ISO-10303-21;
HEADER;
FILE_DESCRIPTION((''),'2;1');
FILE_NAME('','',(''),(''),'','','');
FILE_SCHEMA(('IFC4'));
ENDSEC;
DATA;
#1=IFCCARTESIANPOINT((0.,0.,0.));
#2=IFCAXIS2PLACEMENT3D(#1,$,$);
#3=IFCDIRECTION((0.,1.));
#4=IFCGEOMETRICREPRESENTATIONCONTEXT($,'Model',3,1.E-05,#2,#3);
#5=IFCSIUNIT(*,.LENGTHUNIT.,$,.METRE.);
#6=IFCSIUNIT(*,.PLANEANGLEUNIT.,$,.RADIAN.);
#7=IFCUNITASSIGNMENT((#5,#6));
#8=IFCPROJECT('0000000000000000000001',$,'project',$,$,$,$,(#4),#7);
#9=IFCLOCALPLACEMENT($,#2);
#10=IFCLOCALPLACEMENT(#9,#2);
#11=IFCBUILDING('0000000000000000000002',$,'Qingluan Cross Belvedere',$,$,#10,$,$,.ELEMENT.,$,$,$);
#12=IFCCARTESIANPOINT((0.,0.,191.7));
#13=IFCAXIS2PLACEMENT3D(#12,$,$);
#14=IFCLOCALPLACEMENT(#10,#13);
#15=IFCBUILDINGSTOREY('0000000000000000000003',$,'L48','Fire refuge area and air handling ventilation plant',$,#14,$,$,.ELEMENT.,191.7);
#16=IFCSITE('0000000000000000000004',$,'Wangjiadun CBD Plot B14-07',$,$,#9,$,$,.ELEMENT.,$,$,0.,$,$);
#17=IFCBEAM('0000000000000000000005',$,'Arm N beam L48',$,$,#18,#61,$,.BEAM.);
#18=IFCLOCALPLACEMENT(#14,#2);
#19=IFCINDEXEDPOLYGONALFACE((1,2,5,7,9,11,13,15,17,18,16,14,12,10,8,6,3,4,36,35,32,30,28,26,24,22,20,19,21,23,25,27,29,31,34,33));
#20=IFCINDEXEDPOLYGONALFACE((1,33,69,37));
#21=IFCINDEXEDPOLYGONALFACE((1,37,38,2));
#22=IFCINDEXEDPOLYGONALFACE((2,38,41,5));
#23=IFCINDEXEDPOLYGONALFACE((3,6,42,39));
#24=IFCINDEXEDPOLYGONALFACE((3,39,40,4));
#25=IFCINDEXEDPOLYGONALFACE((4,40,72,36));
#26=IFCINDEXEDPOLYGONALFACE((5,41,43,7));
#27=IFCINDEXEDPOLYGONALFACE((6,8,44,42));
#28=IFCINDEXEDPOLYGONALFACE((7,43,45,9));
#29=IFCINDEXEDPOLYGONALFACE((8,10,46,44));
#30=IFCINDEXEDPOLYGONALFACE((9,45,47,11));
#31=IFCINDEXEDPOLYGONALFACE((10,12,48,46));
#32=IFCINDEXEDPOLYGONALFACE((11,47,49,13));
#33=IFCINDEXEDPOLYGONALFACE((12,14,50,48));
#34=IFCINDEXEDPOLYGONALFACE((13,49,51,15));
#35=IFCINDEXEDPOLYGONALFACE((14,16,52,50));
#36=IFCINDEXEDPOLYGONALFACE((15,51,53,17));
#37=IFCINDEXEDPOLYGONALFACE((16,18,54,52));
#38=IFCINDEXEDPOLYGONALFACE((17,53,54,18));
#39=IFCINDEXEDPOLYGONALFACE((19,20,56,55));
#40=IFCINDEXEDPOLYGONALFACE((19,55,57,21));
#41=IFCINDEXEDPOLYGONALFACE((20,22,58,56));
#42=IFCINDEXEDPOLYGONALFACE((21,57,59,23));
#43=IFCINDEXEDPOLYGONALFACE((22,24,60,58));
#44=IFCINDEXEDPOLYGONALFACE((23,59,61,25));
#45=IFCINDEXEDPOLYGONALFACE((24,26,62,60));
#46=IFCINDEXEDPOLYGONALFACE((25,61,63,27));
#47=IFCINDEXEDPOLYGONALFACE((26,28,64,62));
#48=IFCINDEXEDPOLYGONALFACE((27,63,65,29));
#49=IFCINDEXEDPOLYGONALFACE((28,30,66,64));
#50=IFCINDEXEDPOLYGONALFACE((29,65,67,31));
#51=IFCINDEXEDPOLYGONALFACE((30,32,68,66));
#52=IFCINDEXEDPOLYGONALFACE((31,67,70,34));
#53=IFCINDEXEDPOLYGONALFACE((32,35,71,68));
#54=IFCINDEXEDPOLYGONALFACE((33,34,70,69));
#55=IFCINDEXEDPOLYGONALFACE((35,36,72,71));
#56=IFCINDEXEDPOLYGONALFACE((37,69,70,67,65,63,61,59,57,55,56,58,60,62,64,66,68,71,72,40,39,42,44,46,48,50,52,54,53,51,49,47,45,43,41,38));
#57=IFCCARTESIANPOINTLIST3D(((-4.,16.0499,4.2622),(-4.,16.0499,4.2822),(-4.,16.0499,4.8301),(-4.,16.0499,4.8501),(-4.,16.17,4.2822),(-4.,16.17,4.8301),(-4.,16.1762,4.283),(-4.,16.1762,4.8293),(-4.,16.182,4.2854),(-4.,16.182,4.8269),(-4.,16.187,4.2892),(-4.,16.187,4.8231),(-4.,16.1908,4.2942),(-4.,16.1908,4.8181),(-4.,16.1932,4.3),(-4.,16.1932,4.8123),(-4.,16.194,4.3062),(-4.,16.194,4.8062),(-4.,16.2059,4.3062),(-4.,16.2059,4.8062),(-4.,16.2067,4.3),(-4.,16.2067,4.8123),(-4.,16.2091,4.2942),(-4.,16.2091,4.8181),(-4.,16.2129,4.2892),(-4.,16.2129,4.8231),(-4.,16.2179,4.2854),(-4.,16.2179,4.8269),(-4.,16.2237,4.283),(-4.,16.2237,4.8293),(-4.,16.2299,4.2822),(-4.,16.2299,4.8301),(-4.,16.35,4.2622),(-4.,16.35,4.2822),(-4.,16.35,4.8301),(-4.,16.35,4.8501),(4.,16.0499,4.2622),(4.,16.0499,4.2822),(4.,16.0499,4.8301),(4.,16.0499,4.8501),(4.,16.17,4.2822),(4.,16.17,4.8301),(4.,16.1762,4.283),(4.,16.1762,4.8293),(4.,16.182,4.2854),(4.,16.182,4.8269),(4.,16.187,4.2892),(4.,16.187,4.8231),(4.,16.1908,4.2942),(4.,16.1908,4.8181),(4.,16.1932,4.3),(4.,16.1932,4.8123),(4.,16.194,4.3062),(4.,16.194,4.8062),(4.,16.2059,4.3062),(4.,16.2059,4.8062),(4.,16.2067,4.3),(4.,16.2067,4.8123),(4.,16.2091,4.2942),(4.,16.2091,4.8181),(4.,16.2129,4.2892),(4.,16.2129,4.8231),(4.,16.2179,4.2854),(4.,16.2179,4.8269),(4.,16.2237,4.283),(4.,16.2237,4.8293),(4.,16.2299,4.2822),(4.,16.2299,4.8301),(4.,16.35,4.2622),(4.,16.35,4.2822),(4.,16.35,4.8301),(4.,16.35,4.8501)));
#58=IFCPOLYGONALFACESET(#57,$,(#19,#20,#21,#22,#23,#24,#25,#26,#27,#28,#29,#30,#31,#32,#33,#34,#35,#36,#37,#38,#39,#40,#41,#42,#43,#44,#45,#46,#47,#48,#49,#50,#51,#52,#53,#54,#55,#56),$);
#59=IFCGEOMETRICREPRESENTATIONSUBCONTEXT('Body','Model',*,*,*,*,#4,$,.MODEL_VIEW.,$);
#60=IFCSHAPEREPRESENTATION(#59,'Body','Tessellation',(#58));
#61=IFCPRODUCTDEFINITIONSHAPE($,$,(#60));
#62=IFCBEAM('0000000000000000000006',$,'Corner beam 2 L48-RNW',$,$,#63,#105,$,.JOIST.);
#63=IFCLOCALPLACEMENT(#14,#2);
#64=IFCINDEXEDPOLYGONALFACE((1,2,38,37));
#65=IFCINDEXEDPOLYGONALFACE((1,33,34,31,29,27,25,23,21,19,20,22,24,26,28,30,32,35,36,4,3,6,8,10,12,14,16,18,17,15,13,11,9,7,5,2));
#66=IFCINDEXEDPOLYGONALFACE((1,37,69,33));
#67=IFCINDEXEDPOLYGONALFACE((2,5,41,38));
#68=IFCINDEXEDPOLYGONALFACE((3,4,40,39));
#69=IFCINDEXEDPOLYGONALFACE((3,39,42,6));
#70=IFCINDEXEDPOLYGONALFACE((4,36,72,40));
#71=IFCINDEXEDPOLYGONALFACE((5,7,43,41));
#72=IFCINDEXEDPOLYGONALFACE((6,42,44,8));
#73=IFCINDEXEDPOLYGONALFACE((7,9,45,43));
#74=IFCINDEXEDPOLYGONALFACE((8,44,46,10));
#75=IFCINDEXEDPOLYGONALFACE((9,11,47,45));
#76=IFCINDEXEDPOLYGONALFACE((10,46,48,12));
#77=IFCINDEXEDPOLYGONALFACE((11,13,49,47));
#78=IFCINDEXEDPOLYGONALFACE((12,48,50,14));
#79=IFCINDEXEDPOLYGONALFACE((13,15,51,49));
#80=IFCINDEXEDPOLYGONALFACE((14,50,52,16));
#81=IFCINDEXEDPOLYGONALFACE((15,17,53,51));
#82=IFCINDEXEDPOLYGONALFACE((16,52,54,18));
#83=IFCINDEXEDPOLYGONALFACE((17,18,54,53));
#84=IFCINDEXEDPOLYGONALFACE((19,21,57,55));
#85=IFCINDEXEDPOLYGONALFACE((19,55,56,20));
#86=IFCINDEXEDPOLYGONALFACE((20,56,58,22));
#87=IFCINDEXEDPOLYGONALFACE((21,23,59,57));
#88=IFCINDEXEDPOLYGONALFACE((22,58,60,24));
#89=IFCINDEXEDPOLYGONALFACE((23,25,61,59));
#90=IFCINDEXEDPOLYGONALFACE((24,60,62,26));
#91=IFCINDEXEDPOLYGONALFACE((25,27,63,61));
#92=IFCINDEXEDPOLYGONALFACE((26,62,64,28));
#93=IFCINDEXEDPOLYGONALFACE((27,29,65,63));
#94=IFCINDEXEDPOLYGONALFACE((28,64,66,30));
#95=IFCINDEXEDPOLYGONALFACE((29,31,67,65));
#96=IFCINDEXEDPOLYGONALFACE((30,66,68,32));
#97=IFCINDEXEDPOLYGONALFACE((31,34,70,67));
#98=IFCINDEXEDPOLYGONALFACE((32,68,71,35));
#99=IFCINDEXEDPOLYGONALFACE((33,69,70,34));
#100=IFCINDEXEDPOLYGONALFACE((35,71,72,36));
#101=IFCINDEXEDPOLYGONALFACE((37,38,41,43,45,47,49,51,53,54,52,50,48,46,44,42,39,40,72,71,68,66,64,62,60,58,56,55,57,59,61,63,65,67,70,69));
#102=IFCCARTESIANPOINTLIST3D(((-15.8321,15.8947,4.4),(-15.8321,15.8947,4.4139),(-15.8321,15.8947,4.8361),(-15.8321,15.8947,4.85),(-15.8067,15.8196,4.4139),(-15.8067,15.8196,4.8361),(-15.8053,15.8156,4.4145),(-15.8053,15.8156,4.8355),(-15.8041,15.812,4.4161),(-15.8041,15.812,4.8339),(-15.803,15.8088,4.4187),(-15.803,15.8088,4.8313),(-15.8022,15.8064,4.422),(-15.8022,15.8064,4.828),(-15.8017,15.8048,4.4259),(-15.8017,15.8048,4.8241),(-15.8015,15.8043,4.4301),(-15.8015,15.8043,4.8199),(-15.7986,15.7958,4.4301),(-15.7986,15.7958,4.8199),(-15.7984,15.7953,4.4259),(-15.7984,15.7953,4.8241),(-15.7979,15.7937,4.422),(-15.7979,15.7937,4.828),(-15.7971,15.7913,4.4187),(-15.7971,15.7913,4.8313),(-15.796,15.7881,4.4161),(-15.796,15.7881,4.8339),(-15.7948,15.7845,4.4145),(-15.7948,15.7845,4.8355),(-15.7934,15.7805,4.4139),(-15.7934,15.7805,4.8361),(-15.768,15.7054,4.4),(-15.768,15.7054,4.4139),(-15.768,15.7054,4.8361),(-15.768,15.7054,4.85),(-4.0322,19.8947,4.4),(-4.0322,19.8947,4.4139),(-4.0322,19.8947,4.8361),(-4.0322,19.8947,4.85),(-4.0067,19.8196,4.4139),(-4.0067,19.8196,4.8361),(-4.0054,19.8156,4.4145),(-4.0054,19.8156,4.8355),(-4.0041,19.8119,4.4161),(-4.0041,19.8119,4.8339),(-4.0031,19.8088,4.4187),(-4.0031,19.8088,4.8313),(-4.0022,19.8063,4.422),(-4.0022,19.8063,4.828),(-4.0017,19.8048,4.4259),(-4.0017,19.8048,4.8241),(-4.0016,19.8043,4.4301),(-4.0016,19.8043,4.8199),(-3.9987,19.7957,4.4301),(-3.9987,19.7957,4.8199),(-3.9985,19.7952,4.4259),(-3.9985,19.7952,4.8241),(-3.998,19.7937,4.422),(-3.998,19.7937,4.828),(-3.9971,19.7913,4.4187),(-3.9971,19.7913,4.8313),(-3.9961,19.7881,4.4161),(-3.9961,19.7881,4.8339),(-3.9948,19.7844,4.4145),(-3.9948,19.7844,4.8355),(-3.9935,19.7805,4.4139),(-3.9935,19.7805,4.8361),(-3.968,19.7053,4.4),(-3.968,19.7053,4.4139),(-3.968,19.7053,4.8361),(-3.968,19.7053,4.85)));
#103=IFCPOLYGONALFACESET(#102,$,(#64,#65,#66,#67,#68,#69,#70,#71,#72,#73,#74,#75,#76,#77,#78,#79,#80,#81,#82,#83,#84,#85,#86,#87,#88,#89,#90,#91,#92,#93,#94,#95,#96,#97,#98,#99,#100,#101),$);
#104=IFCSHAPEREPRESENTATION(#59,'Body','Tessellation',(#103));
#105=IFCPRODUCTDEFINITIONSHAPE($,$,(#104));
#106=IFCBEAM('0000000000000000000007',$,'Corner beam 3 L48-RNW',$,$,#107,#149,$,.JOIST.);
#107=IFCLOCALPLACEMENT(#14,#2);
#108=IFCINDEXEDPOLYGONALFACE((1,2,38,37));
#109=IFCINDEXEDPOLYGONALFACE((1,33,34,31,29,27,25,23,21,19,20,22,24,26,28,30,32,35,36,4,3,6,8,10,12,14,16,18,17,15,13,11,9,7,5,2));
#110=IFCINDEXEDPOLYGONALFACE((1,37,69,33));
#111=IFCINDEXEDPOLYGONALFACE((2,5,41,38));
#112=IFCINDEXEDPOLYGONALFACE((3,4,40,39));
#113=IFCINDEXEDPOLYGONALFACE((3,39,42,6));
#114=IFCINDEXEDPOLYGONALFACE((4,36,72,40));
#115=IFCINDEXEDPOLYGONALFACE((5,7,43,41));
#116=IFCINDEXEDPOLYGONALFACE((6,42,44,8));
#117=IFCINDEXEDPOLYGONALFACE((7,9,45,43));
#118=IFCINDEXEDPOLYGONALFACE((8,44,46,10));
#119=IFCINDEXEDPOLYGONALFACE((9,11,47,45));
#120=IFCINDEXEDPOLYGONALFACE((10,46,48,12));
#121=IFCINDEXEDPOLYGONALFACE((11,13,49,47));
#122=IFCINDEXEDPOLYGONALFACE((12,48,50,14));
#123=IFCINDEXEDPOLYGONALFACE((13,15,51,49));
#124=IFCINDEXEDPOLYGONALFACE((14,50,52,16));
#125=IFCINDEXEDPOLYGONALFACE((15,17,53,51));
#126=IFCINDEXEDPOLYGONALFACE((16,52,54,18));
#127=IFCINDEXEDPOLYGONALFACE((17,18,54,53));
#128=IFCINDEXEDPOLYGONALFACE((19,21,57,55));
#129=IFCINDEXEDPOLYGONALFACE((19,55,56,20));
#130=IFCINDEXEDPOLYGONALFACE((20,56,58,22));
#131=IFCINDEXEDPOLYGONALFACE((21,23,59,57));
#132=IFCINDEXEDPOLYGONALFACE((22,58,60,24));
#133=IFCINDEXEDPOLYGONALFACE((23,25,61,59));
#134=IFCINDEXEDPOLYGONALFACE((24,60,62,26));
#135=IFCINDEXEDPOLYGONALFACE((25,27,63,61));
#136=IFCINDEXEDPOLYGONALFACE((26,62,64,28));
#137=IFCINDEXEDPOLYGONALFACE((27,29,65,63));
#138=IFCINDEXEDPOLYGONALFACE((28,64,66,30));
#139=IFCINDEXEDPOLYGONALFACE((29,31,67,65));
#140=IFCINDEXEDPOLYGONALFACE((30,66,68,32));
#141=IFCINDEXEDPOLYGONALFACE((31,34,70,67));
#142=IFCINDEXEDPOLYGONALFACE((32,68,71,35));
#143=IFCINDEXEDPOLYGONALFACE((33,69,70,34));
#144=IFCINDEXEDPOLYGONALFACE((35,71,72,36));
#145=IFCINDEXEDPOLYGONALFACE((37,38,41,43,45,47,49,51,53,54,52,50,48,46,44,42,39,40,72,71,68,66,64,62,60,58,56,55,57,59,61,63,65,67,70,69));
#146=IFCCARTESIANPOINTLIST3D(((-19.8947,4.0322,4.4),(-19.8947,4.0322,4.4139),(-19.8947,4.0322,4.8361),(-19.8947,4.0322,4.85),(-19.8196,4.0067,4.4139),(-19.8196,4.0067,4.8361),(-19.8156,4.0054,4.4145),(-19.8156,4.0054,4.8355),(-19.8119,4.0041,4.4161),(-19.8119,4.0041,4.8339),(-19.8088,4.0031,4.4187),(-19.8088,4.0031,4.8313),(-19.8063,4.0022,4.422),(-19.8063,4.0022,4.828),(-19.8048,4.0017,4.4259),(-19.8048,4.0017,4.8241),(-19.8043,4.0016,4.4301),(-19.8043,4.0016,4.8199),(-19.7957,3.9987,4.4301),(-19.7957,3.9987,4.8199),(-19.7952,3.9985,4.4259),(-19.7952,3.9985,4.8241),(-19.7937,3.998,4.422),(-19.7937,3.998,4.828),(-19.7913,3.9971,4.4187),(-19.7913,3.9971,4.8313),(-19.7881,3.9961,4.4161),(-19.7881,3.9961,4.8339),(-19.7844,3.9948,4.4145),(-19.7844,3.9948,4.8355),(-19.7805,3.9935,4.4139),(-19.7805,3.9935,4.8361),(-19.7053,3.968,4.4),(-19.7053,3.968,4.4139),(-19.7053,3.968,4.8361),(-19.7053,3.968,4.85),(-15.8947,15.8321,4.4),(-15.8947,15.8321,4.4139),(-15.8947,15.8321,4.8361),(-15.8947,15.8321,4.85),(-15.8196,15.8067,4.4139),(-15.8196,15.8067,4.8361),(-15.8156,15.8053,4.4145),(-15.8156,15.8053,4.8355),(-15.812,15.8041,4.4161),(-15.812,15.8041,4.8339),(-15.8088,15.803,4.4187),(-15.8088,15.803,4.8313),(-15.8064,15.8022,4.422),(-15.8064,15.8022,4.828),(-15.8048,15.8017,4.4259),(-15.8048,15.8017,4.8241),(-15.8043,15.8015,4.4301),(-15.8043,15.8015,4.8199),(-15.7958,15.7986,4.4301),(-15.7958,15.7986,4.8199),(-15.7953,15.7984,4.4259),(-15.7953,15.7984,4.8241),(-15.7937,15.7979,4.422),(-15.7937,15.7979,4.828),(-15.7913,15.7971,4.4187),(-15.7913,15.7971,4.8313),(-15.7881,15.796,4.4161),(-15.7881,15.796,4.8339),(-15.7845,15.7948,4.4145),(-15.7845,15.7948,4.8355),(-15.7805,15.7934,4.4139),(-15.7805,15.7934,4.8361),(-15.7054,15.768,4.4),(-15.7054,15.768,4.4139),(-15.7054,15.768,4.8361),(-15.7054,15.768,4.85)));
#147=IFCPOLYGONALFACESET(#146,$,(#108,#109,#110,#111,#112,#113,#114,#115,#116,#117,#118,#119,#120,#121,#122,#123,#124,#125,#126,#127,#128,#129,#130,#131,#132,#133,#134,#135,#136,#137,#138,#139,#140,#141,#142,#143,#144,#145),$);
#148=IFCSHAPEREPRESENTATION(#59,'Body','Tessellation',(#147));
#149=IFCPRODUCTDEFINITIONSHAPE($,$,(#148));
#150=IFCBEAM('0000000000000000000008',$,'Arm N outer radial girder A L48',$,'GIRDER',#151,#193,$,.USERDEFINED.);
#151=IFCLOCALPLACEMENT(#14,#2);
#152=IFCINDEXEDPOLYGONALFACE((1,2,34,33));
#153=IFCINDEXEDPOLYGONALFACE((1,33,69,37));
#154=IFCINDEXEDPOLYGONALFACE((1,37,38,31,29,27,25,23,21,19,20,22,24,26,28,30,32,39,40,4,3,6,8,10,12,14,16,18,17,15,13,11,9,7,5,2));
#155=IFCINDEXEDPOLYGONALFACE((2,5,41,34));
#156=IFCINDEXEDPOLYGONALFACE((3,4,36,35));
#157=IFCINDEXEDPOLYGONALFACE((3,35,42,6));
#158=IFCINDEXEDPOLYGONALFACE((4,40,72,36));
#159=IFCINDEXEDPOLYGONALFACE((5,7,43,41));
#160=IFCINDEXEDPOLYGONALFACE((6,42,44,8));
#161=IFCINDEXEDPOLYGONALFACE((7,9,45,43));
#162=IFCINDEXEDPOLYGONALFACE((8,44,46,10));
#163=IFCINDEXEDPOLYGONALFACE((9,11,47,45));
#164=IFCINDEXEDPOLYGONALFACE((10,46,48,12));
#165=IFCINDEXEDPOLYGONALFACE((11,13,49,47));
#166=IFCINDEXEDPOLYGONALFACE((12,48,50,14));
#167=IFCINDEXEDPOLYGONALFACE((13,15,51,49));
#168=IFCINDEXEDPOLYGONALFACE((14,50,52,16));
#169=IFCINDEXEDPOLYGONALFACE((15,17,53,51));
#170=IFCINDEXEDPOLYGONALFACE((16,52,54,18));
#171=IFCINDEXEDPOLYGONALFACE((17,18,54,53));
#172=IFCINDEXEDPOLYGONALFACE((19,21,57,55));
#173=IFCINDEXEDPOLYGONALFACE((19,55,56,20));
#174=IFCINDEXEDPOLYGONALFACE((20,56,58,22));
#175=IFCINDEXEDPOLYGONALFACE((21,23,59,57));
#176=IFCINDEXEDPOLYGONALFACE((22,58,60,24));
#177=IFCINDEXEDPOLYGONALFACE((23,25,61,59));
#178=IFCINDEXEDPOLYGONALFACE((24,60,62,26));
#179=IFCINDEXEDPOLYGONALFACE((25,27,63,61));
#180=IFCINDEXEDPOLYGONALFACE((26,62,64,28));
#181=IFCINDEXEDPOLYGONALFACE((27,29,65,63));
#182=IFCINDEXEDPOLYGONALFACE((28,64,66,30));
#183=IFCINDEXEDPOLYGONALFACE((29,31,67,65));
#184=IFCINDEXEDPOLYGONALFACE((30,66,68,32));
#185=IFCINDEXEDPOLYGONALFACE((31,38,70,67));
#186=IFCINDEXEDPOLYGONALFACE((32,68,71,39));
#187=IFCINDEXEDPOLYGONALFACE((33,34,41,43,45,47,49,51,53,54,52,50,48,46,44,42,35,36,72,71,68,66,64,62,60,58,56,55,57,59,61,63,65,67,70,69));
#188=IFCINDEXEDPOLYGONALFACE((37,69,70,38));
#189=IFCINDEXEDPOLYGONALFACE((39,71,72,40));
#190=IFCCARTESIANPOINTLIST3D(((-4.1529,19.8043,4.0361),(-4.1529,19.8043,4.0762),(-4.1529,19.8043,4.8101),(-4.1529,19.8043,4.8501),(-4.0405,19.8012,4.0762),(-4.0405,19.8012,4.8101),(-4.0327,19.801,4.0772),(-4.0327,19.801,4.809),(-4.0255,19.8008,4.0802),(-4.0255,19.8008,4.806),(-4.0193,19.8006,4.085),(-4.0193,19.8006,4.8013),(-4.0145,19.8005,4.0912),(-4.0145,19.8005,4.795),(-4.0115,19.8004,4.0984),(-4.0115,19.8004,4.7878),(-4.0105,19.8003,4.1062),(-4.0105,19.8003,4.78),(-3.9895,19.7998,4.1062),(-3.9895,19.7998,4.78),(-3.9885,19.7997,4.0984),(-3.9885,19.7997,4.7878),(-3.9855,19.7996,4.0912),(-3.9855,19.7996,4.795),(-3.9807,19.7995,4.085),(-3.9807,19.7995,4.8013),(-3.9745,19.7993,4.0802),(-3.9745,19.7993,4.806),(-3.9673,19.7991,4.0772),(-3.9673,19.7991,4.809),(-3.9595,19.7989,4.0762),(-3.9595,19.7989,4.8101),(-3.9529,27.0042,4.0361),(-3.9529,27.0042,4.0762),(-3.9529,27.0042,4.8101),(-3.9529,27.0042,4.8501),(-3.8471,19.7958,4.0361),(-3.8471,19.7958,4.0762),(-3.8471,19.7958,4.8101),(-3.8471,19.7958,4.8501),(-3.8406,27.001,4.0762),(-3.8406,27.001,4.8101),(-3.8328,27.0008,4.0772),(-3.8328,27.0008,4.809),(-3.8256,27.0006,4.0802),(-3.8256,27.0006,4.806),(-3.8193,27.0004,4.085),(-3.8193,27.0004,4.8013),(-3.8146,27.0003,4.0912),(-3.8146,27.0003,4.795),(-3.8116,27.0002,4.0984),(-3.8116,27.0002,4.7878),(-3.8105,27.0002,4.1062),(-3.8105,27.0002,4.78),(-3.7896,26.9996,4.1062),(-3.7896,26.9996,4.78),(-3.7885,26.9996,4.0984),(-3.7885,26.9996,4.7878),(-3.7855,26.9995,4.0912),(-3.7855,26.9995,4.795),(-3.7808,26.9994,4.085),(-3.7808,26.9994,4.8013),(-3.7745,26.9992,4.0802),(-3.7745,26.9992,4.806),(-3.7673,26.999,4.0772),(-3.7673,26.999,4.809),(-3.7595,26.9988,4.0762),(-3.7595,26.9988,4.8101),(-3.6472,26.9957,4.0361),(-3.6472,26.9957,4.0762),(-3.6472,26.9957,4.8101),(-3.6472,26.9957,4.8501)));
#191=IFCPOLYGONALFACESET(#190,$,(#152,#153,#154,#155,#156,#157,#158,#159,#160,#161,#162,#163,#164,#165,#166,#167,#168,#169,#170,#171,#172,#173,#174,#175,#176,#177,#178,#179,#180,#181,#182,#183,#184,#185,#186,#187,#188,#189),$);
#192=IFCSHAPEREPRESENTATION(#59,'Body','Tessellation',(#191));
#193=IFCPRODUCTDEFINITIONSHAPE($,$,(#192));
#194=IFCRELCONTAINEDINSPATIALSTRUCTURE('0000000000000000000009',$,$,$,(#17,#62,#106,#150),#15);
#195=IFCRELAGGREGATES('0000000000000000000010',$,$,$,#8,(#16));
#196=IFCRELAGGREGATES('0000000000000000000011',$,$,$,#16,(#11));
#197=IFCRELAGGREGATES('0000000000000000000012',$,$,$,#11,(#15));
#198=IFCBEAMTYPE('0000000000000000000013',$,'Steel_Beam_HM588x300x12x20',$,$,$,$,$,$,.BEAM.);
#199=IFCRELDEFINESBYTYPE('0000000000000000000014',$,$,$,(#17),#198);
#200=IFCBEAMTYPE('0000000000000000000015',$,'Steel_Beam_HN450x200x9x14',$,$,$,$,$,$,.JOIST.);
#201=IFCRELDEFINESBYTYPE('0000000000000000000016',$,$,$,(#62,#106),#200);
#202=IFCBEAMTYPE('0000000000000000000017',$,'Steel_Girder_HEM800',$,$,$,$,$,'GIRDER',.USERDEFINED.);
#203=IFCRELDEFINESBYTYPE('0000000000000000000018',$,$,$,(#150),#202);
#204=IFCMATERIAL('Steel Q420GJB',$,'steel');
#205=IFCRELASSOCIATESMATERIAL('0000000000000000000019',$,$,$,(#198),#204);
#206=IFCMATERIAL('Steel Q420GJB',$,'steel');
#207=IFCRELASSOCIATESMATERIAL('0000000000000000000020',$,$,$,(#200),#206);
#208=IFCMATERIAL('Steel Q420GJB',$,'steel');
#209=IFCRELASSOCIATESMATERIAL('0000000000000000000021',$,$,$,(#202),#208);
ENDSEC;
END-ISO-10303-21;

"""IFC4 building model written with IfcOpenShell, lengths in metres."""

from ifc_helpers import new_model, si_unit, direction, frame, origin, origin_2d, place, context, subcontext, project, spatial, i_section, extrude, material, material_profile, profile_set, type_object, element, save


model = new_model("IFC4")

# Units and contexts
model_context = context("Model", 3, precision=1e-05, world=origin(), true_north=direction((0.0, 1.0)))
body_context = subcontext(model_context, "Body", "Model", "MODEL_VIEW")
ifc_project = project(units=[si_unit("LENGTHUNIT", "METRE"), si_unit("PLANEANGLEUNIT", "RADIAN")], contexts=[model_context])

# Site, building, storey
site_placement = place(None, origin())
site = spatial("IfcSite", under=ifc_project, at=site_placement, Name="Wangjiadun CBD Plot B14-07", CompositionType="ELEMENT", RefElevation=0.0)
building_placement = place(site_placement, origin())
building = spatial("IfcBuilding", under=site, at=building_placement, Name="Qingluan Cross Belvedere", CompositionType="ELEMENT")
storey_placement = place(building_placement, frame((0.0, 0.0, 191.7)))
storey = spatial("IfcBuildingStorey", under=building, at=storey_placement, Name="L48", Description="Fire refuge area and air handling ventilation plant", CompositionType="ELEMENT", Elevation=191.7)

# Beams
ifc_material_1 = material(Name="Steel Q420GJB", Category="steel")
ifc_material_profile_1 = material_profile(ifc_material_1, i_section(OverallWidth=0.3, OverallDepth=0.5879, WebThickness=0.012, FlangeThickness=0.02, FilletRadius=0.0239, at=origin_2d()), Name="HM588x300x12x20")
ifc_profile_set_1 = profile_set([ifc_material_profile_1], Name="Steel Q420GJB")
beam_type_1 = type_object("IfcBeamType", Name="Steel_Beam_HM588x300x12x20", PredefinedType="BEAM", material=ifc_profile_set_1)
for number, where, z_axis, x_axis, name in (
    (1, (-4.0, 16.2, 4.5562), (1.0, 0.0, 0.0), (0.0, 1.0, 0.0), "Arm N beam L48"),
):
    element("IfcBeam", number, at=place(storey_placement, frame(where, z_axis=z_axis, x_axis=x_axis)), inside=storey, type_object=beam_type_1, Name=name, PredefinedType="BEAM", context=body_context, shape_type="SweptSolid", body=[
        extrude(i_section(OverallWidth=0.3, OverallDepth=0.5879, WebThickness=0.012, FlangeThickness=0.02, FilletRadius=0.0239, at=origin_2d()), origin(), (0.0, 0.0, 1.0), 8.0),
    ])
ifc_material_2 = material(Name="Steel Q420GJB", Category="steel")
ifc_material_profile_2 = material_profile(ifc_material_2, i_section(OverallWidth=0.2, OverallDepth=0.45, WebThickness=0.009, FlangeThickness=0.0139, FilletRadius=0.0161, at=origin_2d()), Name="HN450x200x9x14")
ifc_profile_set_2 = profile_set([ifc_material_profile_2], Name="Steel Q420GJB")
beam_type_2 = type_object("IfcBeamType", Name="Steel_Beam_HN450x200x9x14", PredefinedType="JOIST", material=ifc_profile_set_2)
for number, where, z_axis, x_axis, name in (
    (2, (-15.8, 15.8, 4.625), (0.947066, 0.321038, 0.0), (-0.321038, 0.947066, 0.0), "Corner beam 2 L48-RNW"),
    (3, (-15.8, 15.8, 4.625), (-0.321038, -0.947066, 0.0), (0.947066, -0.321038, 0.0), "Corner beam 3 L48-RNW"),
):
    element("IfcBeam", number, at=place(storey_placement, frame(where, z_axis=z_axis, x_axis=x_axis)), inside=storey, type_object=beam_type_2, Name=name, PredefinedType="JOIST", context=body_context, shape_type="SweptSolid", body=[
        extrude(i_section(OverallWidth=0.2, OverallDepth=0.45, WebThickness=0.009, FlangeThickness=0.0139, FilletRadius=0.0161, at=origin_2d()), origin(), (0.0, 0.0, 1.0), 12.4595),
    ])
ifc_material_3 = material(Name="Steel Q420GJB", Category="steel")
ifc_material_profile_3 = material_profile(ifc_material_3, i_section(OverallWidth=0.3059, OverallDepth=0.814, WebThickness=0.021, FlangeThickness=0.04, FilletRadius=0.03, at=origin_2d()), Name="HEM800")
ifc_profile_set_3 = profile_set([ifc_material_profile_3], Name="Steel Q420GJB")
beam_type_3 = type_object("IfcBeamType", Name="Steel_Girder_HEM800", ElementType="GIRDER", PredefinedType="USERDEFINED", material=ifc_profile_set_3)
beam_placement = place(storey_placement, frame((-4.0, 19.8, 4.4431), z_axis=(0.02776, 0.999615, 0.0), x_axis=(-0.999615, 0.02776, 0.0)))
element("IfcBeam", 4, at=beam_placement, inside=storey, type_object=beam_type_3, Name="Arm N outer radial girder A L48", ObjectType="GIRDER", PredefinedType="USERDEFINED", context=body_context, shape_type="SweptSolid", body=[
    extrude(i_section(OverallWidth=0.3059, OverallDepth=0.814, WebThickness=0.021, FlangeThickness=0.04, FilletRadius=0.03, at=origin_2d()), origin(), (0.0, 0.0, 1.0), 7.2026),
])

save(model, "model.ifc")
